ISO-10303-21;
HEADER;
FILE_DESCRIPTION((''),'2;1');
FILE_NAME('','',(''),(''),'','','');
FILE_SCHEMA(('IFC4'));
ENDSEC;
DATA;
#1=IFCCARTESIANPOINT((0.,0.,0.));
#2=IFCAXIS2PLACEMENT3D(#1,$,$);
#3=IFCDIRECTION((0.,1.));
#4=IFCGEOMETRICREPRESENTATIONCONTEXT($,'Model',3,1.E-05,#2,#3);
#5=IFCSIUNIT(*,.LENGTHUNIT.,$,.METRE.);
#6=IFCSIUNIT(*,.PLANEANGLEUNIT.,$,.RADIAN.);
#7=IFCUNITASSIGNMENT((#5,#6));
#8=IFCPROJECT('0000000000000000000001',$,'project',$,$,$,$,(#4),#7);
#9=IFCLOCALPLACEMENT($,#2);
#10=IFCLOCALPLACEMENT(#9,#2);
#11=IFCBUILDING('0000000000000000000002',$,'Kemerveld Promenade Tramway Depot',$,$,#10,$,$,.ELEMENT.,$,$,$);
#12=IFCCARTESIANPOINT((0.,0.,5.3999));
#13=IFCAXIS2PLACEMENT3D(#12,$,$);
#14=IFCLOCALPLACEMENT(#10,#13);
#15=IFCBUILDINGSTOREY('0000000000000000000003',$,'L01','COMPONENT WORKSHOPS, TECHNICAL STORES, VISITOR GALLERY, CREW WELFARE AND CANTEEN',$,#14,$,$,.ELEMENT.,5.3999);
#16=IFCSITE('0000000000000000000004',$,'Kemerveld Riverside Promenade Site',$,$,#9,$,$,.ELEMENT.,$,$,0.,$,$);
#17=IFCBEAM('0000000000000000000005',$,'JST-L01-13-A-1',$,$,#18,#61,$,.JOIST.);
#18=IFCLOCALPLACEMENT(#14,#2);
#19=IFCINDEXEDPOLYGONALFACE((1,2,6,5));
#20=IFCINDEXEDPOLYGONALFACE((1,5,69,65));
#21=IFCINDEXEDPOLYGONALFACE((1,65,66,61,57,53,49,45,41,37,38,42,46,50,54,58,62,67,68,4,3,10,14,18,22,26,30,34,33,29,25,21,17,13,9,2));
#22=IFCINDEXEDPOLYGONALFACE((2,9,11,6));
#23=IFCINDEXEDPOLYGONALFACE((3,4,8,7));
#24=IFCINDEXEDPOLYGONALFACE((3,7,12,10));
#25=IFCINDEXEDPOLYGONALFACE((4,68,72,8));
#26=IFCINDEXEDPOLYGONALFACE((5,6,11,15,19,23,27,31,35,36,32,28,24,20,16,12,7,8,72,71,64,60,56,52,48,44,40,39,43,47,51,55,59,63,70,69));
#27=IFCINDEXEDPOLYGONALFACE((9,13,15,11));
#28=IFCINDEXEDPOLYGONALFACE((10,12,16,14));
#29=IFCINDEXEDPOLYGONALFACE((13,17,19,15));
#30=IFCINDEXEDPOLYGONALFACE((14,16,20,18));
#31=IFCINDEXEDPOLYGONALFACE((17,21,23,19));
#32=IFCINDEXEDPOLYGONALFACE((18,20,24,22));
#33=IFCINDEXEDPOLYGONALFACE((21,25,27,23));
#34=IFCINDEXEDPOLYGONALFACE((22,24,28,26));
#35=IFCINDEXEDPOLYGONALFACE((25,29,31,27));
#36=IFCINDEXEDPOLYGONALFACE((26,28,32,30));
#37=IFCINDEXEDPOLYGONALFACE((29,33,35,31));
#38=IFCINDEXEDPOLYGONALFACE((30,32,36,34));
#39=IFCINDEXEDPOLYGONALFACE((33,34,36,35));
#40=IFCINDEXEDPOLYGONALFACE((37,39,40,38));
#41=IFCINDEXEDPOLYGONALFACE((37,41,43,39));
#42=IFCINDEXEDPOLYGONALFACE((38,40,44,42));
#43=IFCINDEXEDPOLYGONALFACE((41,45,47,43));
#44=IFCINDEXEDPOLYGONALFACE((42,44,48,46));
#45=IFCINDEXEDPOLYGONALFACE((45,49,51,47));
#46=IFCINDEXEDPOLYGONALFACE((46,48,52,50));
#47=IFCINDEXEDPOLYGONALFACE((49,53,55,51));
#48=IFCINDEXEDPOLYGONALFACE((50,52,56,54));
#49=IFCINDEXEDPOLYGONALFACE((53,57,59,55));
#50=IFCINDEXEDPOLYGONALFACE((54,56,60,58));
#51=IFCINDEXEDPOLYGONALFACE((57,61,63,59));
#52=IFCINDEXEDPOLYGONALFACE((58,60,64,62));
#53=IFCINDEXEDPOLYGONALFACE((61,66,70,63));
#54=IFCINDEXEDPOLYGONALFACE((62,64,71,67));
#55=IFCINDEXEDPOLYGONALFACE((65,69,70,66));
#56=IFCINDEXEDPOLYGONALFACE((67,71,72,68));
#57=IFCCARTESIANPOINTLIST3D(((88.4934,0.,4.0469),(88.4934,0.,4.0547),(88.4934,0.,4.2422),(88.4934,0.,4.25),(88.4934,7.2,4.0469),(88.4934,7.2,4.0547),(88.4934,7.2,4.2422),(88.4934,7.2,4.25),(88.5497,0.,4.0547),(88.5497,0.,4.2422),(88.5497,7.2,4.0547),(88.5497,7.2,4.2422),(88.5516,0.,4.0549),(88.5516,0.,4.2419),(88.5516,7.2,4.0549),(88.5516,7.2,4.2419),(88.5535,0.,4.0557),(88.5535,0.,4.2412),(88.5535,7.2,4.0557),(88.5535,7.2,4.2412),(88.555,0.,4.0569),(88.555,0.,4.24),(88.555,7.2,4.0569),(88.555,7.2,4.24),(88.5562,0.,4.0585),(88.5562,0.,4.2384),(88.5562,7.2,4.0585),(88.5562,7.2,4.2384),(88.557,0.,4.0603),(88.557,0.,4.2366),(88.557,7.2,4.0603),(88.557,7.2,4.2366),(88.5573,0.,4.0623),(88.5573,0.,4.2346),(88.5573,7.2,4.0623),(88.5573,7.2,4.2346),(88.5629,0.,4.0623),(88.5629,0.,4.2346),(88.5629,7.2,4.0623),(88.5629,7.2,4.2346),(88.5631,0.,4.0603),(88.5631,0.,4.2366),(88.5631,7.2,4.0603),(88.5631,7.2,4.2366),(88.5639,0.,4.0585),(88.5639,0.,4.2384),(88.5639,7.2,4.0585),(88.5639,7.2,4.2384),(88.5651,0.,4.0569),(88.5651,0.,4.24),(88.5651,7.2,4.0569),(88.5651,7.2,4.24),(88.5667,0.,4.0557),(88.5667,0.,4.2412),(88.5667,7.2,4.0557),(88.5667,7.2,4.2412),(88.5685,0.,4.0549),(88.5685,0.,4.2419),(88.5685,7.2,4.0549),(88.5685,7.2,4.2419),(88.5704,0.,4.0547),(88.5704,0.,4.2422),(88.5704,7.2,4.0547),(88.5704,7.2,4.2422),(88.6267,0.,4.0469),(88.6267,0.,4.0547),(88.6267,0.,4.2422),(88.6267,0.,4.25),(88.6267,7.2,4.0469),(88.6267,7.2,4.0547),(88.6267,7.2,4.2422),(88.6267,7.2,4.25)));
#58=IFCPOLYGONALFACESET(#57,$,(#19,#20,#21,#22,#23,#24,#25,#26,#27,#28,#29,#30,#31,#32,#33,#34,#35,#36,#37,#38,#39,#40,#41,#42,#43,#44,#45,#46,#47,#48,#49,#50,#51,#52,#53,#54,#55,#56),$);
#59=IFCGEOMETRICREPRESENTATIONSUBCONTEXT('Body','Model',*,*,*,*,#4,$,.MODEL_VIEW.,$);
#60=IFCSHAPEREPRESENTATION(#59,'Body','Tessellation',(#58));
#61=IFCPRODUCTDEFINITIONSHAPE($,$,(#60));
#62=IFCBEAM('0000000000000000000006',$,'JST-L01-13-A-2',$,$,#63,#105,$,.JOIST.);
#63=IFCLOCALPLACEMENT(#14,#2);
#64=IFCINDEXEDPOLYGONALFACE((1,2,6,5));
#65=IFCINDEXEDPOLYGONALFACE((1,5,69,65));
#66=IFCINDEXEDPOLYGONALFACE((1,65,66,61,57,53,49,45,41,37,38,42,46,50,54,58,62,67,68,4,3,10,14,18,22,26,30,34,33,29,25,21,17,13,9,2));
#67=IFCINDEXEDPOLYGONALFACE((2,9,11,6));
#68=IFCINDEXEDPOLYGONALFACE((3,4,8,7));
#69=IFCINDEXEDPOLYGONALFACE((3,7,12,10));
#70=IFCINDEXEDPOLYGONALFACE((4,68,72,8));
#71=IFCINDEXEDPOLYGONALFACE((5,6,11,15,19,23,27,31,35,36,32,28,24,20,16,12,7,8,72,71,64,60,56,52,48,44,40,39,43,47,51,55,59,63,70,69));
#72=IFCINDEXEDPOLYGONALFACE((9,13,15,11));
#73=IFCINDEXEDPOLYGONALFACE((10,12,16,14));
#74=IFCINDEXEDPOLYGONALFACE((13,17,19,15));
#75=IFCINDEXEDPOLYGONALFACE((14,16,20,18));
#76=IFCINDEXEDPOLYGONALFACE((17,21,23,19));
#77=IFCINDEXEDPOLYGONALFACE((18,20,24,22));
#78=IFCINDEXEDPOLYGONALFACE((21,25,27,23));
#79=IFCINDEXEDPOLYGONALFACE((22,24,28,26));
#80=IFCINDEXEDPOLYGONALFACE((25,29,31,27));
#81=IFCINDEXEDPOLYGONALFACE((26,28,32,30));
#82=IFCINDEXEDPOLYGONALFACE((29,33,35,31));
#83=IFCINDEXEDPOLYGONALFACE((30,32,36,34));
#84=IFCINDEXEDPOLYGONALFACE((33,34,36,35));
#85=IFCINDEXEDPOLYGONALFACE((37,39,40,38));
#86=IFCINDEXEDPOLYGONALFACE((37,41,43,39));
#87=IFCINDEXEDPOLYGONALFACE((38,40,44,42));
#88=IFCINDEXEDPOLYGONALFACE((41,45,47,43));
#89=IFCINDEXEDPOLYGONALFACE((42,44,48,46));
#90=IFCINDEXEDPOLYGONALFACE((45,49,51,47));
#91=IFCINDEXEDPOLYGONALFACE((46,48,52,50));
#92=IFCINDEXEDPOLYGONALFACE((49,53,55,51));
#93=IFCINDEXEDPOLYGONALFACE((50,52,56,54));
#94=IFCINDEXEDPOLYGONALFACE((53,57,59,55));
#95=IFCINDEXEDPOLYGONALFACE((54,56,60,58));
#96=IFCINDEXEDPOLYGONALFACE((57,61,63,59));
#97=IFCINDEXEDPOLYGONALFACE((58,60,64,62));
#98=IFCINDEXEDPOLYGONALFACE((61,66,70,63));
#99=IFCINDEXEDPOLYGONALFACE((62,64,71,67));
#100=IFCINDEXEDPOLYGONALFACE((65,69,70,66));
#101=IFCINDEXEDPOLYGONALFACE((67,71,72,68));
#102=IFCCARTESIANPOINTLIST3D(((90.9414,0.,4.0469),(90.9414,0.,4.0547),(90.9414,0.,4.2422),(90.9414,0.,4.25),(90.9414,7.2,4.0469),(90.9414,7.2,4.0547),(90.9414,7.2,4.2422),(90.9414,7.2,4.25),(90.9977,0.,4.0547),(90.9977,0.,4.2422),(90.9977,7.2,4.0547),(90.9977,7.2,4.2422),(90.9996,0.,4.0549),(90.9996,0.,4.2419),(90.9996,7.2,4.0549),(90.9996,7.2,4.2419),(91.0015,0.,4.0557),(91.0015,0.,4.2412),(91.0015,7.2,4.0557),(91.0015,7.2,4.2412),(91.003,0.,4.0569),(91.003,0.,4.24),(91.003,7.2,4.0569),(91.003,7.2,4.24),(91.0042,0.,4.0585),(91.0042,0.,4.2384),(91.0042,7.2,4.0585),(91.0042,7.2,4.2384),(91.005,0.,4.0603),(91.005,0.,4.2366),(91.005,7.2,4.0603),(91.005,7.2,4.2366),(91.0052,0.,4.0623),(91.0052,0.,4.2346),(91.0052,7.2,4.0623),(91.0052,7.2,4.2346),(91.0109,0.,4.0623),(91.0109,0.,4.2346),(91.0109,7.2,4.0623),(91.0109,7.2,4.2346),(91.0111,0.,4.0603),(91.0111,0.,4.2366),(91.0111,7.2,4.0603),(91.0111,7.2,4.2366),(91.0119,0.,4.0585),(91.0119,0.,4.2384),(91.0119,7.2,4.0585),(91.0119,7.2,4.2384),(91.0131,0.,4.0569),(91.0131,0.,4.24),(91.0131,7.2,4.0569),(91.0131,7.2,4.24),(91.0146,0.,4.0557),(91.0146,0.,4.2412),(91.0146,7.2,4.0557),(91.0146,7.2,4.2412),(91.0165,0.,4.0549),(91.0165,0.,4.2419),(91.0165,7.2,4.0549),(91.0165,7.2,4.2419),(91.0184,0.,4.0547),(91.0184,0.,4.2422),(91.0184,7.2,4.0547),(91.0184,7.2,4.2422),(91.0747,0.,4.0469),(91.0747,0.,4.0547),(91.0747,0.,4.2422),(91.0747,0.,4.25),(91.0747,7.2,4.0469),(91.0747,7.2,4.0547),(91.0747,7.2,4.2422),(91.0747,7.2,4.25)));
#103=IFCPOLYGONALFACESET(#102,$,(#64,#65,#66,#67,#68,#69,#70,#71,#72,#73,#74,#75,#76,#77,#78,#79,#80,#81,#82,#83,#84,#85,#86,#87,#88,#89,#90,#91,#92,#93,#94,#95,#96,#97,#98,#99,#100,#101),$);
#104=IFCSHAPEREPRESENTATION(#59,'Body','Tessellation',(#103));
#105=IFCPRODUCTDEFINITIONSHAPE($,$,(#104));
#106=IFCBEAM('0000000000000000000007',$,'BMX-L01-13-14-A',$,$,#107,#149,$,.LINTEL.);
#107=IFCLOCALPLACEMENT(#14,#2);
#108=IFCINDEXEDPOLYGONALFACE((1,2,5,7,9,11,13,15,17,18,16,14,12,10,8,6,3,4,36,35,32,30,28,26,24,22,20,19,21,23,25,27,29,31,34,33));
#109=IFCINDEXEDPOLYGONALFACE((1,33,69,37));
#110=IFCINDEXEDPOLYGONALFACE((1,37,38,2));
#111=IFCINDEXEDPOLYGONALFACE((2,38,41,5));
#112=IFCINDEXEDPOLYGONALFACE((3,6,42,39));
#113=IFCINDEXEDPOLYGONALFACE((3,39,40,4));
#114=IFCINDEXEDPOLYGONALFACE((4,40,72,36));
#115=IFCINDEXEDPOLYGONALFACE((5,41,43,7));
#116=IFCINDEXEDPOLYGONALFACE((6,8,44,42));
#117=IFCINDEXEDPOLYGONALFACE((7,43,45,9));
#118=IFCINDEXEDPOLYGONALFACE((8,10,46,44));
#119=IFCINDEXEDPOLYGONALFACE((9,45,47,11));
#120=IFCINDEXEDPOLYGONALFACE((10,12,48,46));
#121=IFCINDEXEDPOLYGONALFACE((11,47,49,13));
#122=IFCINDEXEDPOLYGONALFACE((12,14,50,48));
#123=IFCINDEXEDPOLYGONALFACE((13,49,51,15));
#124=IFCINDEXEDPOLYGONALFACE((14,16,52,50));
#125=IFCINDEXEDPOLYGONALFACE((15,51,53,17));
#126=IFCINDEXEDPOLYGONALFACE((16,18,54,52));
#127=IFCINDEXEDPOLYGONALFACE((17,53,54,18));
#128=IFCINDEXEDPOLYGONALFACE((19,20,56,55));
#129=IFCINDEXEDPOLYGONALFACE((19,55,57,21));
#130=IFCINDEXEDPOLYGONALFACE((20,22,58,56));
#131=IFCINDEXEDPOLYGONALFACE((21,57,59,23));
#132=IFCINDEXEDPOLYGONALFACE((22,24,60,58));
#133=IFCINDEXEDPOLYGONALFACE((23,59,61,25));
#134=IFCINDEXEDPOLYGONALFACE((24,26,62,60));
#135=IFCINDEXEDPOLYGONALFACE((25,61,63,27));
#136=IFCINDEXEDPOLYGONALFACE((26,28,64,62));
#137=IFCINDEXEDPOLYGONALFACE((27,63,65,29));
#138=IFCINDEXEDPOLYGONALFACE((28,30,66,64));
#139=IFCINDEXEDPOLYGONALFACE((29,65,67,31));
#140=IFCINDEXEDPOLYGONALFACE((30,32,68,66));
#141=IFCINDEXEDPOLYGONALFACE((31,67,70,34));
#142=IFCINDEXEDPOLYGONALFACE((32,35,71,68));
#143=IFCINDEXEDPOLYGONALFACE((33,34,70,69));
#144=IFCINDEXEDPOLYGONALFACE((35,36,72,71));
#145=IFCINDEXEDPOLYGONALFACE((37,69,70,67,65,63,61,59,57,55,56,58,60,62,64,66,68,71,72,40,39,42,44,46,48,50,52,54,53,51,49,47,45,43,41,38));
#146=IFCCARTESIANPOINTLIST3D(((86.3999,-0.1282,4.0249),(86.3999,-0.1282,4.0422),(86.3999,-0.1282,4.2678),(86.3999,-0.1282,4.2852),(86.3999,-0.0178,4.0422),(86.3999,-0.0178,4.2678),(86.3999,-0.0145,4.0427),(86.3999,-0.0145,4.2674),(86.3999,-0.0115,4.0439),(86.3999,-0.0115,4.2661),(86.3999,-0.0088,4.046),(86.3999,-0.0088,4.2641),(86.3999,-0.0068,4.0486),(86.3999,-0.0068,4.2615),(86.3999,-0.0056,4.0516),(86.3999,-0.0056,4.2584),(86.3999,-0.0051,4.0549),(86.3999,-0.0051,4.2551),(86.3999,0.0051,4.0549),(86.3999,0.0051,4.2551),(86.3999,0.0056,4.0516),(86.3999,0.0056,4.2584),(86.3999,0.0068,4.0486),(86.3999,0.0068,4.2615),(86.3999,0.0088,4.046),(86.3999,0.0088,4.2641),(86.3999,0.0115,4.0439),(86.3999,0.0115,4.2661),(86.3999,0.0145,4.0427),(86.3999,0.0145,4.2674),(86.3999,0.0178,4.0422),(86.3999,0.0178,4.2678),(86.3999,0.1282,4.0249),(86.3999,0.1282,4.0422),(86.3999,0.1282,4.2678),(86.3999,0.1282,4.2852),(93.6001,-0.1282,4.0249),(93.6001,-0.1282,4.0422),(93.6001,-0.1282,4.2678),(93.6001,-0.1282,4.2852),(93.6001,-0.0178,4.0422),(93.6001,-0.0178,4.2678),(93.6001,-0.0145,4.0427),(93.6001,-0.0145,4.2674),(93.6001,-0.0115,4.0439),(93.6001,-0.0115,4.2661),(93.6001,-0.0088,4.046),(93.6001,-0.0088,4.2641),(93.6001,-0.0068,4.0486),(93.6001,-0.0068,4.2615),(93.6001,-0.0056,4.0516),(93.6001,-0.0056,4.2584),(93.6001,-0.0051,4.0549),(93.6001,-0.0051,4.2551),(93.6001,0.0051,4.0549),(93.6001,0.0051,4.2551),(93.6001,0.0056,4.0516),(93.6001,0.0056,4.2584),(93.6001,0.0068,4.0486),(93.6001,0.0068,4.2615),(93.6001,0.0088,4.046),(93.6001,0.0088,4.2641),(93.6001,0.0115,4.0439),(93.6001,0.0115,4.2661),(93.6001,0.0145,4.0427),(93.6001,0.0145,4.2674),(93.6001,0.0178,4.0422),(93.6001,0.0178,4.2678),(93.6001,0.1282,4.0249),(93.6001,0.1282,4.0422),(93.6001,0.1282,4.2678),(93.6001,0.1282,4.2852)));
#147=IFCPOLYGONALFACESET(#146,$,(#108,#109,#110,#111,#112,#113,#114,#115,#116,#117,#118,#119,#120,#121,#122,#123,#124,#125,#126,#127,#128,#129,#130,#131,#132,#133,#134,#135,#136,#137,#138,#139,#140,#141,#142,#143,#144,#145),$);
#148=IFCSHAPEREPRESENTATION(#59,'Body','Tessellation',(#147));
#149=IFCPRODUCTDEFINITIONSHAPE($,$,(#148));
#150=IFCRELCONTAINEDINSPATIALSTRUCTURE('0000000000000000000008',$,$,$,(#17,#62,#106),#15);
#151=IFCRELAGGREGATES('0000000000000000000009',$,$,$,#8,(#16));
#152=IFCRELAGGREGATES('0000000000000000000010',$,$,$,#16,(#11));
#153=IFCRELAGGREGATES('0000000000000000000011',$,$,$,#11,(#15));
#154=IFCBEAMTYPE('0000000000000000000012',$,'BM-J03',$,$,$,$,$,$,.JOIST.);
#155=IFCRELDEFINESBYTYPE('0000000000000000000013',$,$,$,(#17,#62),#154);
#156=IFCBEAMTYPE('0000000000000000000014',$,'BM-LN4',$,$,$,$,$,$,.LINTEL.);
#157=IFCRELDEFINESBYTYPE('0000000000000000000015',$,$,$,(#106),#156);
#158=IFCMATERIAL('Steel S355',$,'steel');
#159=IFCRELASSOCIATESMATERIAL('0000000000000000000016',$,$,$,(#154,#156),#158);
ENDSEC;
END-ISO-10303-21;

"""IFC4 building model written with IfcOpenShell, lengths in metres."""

from ifc_helpers import new_model, si_unit, direction, frame, origin, origin_2d, place, context, subcontext, project, spatial, i_section, extrude, material, material_profile, profile_set, type_object, element, save


model = new_model("IFC4")

# Units and contexts
model_context = context("Model", 3, precision=1e-05, world=origin(), true_north=direction((0.0, 1.0)))
body_context = subcontext(model_context, "Body", "Model", "MODEL_VIEW")
ifc_project = project(units=[si_unit("LENGTHUNIT", "METRE"), si_unit("PLANEANGLEUNIT", "RADIAN")], contexts=[model_context])

# Site, building, storey
site_placement = place(None, origin())
site = spatial("IfcSite", under=ifc_project, at=site_placement, Name="Kemerveld Riverside Promenade Site", CompositionType="ELEMENT", RefElevation=0.0)
building_placement = place(site_placement, origin())
building = spatial("IfcBuilding", under=site, at=building_placement, Name="Kemerveld Promenade Tramway Depot", CompositionType="ELEMENT")
storey_placement = place(building_placement, frame((0.0, 0.0, 5.3999)))
storey = spatial("IfcBuildingStorey", under=building, at=storey_placement, Name="L01", Description="COMPONENT WORKSHOPS, TECHNICAL STORES, VISITOR GALLERY, CREW WELFARE AND CANTEEN", CompositionType="ELEMENT", Elevation=5.3999)

# Shared definitions
ifc_material_1 = material(Name="Steel S355", Category="steel")

# Beams
ifc_material_profile_1 = material_profile(ifc_material_1, i_section(OverallWidth=0.1333, OverallDepth=0.2031, WebThickness=0.0056, FlangeThickness=0.0078, FilletRadius=0.0076, at=origin_2d()), Name="203x133x25 UB")
ifc_profile_set_1 = profile_set([ifc_material_profile_1], Name="Steel S355")
beam_type_1 = type_object("IfcBeamType", Name="BM-J03", PredefinedType="JOIST", material=ifc_profile_set_1)
for number, where, z_axis, x_axis, name in (
    (1, (88.5601, 0.0, 4.1484), (0.0, 1.0, 0.0), (-1.0, 0.0, 0.0), "JST-L01-13-A-1"),
    (2, (91.0081, 0.0, 4.1484), (0.0, 1.0, 0.0), (-1.0, 0.0, 0.0), "JST-L01-13-A-2"),
):
    element("IfcBeam", number, at=place(storey_placement, frame(where, z_axis=z_axis, x_axis=x_axis)), inside=storey, type_object=beam_type_1, Name=name, PredefinedType="JOIST", context=body_context, shape_type="SweptSolid", body=[
        extrude(i_section(OverallWidth=0.1333, OverallDepth=0.2031, WebThickness=0.0056, FlangeThickness=0.0078, FilletRadius=0.0076, at=origin_2d()), origin(), (0.0, 0.0, 1.0), 7.2),
    ])
ifc_material_profile_2 = material_profile(ifc_material_1, i_section(OverallWidth=0.2563, OverallDepth=0.2603, WebThickness=0.0103, FlangeThickness=0.0173, FilletRadius=0.0127, at=origin_2d()), Name="254x254x89 UC")
ifc_profile_set_2 = profile_set([ifc_material_profile_2], Name="Steel S355")
beam_type_2 = type_object("IfcBeamType", Name="BM-LN4", PredefinedType="LINTEL", material=ifc_profile_set_2)
beam_1_placement = place(storey_placement, frame((86.3999, 0.0, 4.155), z_axis=(1.0, 0.0, 0.0), x_axis=(0.0, 1.0, 0.0)))
element("IfcBeam", 3, at=beam_1_placement, inside=storey, type_object=beam_type_2, Name="BMX-L01-13-14-A", PredefinedType="LINTEL", context=body_context, shape_type="SweptSolid", body=[
    extrude(i_section(OverallWidth=0.2563, OverallDepth=0.2603, WebThickness=0.0103, FlangeThickness=0.0173, FilletRadius=0.0127, at=origin_2d()), origin(), (0.0, 0.0, 1.0), 7.2002),
])

save(model, "model.ifc")
